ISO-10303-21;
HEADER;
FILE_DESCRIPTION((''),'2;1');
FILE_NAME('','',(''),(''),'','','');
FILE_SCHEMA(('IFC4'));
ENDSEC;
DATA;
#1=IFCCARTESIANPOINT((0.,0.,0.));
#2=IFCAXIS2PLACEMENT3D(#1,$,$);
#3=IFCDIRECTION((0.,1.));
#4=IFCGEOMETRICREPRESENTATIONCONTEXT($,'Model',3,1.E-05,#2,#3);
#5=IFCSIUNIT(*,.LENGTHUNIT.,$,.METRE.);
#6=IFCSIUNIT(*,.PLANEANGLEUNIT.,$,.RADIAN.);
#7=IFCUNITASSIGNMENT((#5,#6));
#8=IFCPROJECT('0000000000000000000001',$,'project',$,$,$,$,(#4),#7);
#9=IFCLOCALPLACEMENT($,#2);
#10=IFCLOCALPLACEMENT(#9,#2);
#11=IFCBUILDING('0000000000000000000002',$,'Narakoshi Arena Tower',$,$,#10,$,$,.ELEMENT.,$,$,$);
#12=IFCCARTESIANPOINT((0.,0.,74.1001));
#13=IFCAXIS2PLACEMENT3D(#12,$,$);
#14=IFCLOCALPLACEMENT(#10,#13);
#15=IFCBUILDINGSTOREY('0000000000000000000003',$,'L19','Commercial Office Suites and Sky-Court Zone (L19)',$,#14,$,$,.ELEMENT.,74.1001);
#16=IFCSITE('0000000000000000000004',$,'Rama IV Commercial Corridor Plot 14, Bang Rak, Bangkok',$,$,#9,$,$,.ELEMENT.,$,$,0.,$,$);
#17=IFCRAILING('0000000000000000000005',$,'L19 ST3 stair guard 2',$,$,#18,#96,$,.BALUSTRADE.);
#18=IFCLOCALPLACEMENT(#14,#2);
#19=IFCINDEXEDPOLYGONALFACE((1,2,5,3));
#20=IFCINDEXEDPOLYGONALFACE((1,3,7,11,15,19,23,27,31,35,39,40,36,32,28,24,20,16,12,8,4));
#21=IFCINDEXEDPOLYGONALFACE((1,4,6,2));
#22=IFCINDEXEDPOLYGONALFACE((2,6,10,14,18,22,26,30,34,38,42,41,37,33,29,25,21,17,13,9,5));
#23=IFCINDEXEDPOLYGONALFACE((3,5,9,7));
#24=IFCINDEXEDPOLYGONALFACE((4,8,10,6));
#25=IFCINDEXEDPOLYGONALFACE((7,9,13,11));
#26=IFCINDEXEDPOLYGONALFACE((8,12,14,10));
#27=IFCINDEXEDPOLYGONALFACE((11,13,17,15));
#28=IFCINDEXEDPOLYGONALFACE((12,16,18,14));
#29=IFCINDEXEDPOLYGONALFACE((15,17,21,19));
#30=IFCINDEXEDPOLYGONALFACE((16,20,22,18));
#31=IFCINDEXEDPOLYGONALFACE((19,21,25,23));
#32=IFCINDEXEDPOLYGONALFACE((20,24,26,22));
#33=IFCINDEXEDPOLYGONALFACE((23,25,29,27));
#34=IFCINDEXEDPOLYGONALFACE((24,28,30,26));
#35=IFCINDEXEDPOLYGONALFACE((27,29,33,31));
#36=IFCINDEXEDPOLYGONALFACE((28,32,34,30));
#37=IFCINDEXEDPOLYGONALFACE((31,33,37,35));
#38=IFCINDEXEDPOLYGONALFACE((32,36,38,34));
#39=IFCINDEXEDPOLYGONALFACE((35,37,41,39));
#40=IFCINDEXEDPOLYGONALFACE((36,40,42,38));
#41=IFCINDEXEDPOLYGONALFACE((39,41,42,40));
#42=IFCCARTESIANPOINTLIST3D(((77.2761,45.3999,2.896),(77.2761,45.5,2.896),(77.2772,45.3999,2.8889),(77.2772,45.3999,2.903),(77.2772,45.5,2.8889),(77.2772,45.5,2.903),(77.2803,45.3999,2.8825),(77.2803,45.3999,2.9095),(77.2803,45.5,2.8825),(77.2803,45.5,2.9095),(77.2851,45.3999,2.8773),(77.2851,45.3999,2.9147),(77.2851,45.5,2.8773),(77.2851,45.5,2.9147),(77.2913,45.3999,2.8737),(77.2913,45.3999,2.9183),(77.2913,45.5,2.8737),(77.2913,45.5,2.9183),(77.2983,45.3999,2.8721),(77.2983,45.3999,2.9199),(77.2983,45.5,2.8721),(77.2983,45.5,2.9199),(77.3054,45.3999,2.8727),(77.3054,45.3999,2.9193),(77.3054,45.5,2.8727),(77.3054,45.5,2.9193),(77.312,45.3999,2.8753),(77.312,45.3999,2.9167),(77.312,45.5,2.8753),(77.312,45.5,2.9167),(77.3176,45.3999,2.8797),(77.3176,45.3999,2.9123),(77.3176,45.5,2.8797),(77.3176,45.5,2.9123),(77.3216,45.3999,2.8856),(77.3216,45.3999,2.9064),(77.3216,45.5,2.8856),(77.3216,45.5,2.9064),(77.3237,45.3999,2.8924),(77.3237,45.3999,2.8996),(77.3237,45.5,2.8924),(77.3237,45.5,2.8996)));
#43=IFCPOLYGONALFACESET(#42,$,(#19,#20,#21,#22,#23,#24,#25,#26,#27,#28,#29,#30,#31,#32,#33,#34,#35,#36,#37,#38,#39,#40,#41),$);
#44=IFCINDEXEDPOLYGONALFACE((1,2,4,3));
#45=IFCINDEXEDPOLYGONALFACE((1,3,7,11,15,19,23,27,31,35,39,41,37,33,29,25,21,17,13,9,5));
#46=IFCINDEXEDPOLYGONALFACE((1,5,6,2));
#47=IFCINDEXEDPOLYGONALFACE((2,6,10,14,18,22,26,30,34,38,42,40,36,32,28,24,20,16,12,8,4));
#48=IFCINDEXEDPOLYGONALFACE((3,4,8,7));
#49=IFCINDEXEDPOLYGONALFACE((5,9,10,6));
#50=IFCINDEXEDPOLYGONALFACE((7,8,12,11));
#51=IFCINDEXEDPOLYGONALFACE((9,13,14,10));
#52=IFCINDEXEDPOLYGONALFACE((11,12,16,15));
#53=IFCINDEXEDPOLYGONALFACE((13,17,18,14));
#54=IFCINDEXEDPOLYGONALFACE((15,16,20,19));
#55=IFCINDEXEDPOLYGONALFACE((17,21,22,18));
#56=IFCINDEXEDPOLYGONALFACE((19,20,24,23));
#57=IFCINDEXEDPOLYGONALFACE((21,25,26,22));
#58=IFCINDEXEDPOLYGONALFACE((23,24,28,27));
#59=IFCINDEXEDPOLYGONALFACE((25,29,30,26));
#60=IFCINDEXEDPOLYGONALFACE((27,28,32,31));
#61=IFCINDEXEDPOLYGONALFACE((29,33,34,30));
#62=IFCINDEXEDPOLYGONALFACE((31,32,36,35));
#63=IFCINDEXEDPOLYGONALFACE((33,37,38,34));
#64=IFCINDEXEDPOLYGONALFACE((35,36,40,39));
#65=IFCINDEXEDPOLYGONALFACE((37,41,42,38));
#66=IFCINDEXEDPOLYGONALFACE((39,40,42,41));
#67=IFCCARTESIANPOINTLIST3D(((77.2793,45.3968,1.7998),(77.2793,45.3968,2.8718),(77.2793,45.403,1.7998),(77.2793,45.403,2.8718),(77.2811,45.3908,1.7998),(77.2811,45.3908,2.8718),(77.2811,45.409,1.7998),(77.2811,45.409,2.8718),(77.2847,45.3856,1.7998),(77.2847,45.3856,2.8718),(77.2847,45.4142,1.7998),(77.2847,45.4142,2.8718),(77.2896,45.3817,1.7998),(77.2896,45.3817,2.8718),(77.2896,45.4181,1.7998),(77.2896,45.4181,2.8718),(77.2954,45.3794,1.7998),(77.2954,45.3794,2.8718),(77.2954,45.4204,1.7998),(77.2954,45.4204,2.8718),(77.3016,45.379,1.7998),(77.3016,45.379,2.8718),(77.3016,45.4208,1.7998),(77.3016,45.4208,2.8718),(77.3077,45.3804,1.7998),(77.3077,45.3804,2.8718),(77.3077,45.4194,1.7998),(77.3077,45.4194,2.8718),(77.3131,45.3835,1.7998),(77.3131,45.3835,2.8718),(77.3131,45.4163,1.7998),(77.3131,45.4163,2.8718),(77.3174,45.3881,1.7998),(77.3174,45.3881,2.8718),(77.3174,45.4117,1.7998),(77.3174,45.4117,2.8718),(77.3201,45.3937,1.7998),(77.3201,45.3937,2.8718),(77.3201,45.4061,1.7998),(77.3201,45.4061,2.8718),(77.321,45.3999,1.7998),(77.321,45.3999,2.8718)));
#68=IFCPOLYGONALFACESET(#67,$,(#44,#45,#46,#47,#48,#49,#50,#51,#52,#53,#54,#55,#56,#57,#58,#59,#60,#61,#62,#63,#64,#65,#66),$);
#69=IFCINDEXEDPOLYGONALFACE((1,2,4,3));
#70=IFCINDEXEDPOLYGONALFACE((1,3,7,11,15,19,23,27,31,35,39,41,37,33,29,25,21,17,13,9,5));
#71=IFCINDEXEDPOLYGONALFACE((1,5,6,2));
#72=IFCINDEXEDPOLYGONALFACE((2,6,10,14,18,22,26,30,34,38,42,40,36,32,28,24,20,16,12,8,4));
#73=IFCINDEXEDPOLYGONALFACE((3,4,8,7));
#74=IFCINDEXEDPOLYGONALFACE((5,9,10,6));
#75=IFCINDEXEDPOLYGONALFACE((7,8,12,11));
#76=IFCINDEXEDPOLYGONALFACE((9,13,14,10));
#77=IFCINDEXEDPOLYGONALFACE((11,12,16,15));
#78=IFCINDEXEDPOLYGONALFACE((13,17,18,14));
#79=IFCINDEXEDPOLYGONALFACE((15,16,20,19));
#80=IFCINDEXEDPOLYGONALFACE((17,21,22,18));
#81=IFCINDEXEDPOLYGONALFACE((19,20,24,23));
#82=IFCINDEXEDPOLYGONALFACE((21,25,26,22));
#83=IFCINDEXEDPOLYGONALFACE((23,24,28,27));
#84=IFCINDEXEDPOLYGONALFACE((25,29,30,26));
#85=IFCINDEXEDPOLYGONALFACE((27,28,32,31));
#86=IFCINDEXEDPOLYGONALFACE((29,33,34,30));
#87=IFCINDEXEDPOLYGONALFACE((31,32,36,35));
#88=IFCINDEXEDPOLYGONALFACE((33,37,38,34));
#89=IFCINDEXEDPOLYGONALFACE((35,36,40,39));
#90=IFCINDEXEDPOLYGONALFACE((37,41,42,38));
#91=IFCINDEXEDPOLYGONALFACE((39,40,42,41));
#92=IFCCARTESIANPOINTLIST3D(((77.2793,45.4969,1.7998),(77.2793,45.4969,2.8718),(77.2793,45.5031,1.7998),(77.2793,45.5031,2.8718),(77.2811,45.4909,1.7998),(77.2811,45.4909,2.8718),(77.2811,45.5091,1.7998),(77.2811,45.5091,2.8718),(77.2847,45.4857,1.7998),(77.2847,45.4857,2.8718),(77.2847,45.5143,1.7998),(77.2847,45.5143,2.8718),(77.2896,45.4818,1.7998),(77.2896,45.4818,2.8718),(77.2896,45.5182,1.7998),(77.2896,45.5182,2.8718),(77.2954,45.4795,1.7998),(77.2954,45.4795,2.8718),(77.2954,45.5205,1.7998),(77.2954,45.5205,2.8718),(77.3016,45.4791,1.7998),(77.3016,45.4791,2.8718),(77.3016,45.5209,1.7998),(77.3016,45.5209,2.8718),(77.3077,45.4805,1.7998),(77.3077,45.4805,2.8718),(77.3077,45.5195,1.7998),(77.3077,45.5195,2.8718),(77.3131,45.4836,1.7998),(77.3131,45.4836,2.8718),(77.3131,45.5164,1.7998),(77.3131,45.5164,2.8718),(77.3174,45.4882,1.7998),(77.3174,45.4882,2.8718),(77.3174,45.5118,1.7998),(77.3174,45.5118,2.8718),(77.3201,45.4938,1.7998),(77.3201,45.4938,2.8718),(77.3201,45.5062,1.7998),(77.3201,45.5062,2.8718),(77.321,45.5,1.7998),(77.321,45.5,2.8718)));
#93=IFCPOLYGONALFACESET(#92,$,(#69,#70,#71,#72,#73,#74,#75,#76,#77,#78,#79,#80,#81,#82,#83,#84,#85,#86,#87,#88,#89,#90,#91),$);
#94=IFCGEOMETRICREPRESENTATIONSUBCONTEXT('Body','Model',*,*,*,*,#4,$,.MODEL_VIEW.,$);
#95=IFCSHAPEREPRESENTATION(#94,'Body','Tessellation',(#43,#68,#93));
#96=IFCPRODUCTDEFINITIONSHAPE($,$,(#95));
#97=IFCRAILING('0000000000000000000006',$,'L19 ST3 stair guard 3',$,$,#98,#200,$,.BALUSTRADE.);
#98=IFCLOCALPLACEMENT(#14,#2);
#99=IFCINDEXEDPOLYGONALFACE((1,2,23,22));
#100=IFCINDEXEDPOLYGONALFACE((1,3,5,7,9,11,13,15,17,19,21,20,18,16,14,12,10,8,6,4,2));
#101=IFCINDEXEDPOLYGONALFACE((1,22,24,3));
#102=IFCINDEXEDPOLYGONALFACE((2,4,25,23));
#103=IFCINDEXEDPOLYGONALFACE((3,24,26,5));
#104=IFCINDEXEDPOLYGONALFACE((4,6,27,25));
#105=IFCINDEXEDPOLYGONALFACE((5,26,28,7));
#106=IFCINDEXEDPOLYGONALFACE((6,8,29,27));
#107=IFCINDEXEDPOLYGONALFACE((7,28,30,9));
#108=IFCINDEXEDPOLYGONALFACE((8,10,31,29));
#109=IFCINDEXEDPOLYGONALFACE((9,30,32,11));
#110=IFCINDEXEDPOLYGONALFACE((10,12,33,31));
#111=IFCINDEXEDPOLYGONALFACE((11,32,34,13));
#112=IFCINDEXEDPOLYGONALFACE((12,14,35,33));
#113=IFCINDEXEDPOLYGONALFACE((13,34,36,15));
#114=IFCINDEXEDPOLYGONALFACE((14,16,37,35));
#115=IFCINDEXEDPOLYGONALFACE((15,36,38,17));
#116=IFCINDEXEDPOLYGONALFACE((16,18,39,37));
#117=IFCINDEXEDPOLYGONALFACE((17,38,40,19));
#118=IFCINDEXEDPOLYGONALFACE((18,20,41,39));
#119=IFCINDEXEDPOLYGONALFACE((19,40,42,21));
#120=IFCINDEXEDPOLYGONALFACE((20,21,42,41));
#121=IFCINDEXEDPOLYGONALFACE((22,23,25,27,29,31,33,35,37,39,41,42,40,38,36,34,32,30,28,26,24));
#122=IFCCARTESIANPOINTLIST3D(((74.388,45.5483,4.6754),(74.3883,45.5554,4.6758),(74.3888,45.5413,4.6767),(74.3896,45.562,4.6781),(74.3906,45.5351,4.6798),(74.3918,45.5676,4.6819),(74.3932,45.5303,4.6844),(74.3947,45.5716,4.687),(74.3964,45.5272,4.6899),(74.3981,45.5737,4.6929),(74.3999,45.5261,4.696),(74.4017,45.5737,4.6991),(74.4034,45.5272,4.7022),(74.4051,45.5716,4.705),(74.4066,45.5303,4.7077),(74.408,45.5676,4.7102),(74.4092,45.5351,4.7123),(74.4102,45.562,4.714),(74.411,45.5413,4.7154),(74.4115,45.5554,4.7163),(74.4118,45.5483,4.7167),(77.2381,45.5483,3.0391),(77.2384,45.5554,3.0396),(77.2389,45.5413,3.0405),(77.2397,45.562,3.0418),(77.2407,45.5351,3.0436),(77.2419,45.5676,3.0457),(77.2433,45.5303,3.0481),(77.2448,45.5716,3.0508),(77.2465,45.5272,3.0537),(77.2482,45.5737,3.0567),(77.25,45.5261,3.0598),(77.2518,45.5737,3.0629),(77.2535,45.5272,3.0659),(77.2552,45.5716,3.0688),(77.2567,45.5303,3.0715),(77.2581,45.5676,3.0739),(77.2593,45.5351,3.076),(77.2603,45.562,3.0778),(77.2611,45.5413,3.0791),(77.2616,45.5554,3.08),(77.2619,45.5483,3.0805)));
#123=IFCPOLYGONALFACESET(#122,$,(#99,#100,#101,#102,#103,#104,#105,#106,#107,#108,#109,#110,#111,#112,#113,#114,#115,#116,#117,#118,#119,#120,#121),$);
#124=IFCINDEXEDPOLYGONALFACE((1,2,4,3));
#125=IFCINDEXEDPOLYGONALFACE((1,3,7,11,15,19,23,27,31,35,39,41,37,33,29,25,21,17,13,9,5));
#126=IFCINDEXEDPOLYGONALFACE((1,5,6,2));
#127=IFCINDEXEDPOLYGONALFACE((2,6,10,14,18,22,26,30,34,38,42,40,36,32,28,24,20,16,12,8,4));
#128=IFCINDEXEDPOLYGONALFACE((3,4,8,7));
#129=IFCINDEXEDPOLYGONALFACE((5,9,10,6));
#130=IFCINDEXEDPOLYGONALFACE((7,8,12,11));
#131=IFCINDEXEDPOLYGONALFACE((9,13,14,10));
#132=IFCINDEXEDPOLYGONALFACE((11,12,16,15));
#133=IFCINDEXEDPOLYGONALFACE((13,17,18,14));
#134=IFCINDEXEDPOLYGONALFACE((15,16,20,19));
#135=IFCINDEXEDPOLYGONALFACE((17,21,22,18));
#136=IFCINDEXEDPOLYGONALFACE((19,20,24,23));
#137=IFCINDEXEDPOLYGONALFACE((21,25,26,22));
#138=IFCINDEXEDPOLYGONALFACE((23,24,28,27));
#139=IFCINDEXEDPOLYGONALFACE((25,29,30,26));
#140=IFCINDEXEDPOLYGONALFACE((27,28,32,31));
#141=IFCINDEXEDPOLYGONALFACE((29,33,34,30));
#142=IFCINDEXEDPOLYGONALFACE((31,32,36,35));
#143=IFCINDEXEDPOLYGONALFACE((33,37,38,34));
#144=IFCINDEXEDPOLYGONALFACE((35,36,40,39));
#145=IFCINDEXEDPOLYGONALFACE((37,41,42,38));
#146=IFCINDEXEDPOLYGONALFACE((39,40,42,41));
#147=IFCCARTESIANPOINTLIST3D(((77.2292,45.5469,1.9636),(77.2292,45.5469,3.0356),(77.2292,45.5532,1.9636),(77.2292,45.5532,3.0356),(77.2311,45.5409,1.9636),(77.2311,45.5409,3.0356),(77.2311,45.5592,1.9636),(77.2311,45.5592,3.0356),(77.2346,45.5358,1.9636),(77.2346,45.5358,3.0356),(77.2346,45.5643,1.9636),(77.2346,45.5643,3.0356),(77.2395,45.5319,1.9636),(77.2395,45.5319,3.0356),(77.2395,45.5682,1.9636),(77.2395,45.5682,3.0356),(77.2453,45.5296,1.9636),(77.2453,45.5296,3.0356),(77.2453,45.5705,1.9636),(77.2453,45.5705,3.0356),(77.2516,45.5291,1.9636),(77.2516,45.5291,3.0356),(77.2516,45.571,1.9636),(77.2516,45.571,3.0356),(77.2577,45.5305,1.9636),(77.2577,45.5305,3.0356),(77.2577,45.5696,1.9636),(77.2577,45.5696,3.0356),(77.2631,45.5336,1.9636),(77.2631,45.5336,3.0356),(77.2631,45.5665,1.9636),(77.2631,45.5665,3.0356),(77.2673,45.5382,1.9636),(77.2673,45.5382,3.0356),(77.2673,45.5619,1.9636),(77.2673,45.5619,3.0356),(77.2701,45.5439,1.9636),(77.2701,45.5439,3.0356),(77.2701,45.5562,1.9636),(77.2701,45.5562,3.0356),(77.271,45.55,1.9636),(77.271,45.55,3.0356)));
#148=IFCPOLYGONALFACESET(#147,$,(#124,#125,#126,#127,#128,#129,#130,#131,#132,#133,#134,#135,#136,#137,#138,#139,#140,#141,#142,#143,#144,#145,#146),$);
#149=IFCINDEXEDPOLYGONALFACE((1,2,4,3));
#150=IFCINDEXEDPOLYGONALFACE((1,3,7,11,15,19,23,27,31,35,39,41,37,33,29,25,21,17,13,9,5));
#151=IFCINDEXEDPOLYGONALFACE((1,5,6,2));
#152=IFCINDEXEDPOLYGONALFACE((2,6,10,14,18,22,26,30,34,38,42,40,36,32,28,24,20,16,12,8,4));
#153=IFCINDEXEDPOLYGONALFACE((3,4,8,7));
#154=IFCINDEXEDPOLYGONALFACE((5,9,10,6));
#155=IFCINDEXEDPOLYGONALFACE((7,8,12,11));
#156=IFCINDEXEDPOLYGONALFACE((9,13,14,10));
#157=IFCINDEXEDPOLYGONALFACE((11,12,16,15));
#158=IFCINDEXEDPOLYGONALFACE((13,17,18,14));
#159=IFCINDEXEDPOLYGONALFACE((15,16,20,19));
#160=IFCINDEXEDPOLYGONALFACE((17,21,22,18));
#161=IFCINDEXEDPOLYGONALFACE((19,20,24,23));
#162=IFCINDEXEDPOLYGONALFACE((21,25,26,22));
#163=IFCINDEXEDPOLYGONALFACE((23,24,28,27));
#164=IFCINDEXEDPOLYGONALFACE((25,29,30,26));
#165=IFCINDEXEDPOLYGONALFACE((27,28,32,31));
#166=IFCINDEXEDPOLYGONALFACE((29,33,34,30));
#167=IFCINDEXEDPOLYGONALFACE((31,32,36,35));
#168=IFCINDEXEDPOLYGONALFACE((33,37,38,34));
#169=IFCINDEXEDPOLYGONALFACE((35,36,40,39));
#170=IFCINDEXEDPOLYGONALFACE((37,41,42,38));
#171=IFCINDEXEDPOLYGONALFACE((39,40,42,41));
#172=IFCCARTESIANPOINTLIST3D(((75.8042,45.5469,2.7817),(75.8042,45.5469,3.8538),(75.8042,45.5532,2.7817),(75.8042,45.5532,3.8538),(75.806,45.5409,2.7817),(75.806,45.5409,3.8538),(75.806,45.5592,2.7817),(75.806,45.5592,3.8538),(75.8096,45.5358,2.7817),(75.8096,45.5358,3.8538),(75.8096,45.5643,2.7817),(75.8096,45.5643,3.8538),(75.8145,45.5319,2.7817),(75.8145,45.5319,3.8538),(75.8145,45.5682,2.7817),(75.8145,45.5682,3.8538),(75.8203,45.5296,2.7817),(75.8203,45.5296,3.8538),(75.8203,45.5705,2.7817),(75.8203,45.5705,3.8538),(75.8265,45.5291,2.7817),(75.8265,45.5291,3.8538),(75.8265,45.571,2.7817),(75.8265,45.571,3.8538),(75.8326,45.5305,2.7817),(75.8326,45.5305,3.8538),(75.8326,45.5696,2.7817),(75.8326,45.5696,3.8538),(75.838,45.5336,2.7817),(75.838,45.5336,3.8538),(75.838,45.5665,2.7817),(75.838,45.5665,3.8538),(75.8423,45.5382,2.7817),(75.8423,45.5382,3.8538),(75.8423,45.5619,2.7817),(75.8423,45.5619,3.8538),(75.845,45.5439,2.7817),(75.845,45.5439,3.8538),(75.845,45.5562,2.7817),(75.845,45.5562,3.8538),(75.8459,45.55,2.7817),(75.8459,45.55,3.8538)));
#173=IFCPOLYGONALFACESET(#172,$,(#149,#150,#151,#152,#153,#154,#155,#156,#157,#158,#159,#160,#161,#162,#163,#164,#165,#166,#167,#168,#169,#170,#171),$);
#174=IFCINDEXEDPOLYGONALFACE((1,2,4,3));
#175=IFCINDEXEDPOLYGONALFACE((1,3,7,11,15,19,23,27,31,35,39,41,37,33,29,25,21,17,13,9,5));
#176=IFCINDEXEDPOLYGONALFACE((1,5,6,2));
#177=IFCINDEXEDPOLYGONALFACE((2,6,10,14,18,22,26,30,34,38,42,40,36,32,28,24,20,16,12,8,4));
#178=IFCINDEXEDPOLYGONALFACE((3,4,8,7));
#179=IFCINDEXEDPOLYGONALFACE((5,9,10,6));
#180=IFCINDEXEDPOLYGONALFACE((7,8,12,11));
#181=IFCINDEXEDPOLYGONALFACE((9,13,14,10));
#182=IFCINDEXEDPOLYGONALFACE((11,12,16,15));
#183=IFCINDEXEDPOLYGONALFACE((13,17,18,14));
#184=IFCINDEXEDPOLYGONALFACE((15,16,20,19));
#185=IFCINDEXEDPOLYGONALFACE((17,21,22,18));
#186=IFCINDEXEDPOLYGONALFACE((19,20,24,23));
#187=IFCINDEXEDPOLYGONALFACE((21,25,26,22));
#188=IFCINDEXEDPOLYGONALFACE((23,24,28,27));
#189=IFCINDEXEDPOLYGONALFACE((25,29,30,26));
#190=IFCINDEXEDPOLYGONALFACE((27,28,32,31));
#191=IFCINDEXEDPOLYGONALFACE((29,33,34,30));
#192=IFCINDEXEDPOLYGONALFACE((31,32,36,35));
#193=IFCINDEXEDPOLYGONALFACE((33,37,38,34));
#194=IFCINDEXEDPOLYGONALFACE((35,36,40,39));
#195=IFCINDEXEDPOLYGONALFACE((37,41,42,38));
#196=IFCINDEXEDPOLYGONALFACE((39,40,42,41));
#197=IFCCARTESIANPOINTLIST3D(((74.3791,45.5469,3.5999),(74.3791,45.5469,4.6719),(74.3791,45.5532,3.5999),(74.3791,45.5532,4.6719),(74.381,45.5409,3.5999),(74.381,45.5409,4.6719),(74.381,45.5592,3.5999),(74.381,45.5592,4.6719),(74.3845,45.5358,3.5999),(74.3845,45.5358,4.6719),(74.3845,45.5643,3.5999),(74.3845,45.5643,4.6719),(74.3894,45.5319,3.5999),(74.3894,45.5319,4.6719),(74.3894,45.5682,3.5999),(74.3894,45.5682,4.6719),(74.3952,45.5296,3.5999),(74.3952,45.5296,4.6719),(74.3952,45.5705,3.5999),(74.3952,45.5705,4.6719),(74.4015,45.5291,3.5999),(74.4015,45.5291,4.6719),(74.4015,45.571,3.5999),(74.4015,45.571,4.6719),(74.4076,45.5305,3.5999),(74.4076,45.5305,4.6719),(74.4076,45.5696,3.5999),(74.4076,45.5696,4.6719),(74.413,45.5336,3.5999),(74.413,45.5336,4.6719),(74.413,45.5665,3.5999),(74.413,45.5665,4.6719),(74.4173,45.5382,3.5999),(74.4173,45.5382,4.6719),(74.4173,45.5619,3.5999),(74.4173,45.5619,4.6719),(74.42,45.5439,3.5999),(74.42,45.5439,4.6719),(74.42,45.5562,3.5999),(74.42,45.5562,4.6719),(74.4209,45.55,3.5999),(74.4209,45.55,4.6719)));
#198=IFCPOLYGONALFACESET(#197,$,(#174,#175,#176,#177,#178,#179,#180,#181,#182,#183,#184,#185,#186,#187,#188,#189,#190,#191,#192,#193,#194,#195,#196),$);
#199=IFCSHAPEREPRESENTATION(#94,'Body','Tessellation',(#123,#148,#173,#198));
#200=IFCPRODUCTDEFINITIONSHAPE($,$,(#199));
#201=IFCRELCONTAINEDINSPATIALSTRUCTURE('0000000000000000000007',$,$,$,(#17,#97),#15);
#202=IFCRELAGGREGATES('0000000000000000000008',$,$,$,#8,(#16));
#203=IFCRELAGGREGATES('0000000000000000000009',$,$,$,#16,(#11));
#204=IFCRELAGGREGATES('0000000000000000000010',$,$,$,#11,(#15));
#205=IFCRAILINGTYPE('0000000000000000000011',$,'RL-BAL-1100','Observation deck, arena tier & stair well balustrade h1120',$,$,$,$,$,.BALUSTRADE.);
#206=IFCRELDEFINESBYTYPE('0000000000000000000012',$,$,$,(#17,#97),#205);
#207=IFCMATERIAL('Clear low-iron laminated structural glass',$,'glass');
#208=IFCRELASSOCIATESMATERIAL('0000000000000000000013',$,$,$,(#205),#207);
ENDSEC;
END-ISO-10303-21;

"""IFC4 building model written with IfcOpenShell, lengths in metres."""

from ifc_helpers import new_model, si_unit, direction, frame, origin, origin_2d, place, context, subcontext, project, spatial, circle, extrude, material, type_object, element, save


model = new_model("IFC4")

# Units and contexts
model_context = context("Model", 3, precision=1e-05, world=origin(), true_north=direction((0.0, 1.0)))
body_context = subcontext(model_context, "Body", "Model", "MODEL_VIEW")
ifc_project = project(units=[si_unit("LENGTHUNIT", "METRE"), si_unit("PLANEANGLEUNIT", "RADIAN")], contexts=[model_context])

# Site, building, storey
site_placement = place(None, origin())
site = spatial("IfcSite", under=ifc_project, at=site_placement, Name="Rama IV Commercial Corridor Plot 14, Bang Rak, Bangkok", CompositionType="ELEMENT", RefElevation=0.0)
building_placement = place(site_placement, origin())
building = spatial("IfcBuilding", under=site, at=building_placement, Name="Narakoshi Arena Tower", CompositionType="ELEMENT")
storey_placement = place(building_placement, frame((0.0, 0.0, 74.1001)))
storey = spatial("IfcBuildingStorey", under=building, at=storey_placement, Name="L19", Description="Commercial Office Suites and Sky-Court Zone (L19)", CompositionType="ELEMENT", Elevation=74.1001)

# Railings
ifc_material_1 = material(Name="Clear low-iron laminated structural glass", Category="glass")
railing_type_1 = type_object("IfcRailingType", Name="RL-BAL-1100", Description="Observation deck, arena tier & stair well balustrade h1120", PredefinedType="BALUSTRADE", material=ifc_material_1)
railing_1_placement = place(storey_placement, frame((77.3, 45.3999, 1.7998)))
element("IfcRailing", 1, at=railing_1_placement, inside=storey, type_object=railing_type_1, Name="L19 ST3 stair guard 2", PredefinedType="BALUSTRADE", context=body_context, shape_type="SweptSolid", body=[
    extrude(circle(Radius=0.0239, at=origin_2d()), frame((0.0, 0.0, 1.0962), z_axis=(0.0, 1.0, 0.0), x_axis=(-1.0, 0.0, 0.0)), (0.0, 0.0, 1.0), 0.1001),
    extrude(circle(Radius=0.021, at=origin_2d()), origin(), (0.0, 0.0, 1.0), 1.072),
    extrude(circle(Radius=0.021, at=origin_2d()), frame((0.0, 0.1001, 0.0)), (0.0, 0.0, 1.0), 1.072),
])
railing_2_placement = place(storey_placement, frame((77.25, 45.55, 1.9636)))
element("IfcRailing", 2, at=railing_2_placement, inside=storey, type_object=railing_type_1, Name="L19 ST3 stair guard 3", PredefinedType="BALUSTRADE", context=body_context, shape_type="SweptSolid", body=[
    extrude(circle(Radius=0.0239, at=origin_2d()), frame((0.0, 0.0, 1.0962), z_axis=(-0.867245, 0.0, 0.497882), x_axis=(0.0, -1.0, 0.0)), (0.0, 0.0, 1.0), 3.2864),
    extrude(circle(Radius=0.021, at=origin_2d()), origin(), (0.0, 0.0, 1.0), 1.072),
    extrude(circle(Radius=0.021, at=origin_2d()), frame((-1.425, 0.0, 0.8181)), (0.0, 0.0, 1.0), 1.072),
    extrude(circle(Radius=0.021, at=origin_2d()), frame((-2.8501, 0.0, 1.6362)), (0.0, 0.0, 1.0), 1.072),
])

save(model, "model.ifc")
